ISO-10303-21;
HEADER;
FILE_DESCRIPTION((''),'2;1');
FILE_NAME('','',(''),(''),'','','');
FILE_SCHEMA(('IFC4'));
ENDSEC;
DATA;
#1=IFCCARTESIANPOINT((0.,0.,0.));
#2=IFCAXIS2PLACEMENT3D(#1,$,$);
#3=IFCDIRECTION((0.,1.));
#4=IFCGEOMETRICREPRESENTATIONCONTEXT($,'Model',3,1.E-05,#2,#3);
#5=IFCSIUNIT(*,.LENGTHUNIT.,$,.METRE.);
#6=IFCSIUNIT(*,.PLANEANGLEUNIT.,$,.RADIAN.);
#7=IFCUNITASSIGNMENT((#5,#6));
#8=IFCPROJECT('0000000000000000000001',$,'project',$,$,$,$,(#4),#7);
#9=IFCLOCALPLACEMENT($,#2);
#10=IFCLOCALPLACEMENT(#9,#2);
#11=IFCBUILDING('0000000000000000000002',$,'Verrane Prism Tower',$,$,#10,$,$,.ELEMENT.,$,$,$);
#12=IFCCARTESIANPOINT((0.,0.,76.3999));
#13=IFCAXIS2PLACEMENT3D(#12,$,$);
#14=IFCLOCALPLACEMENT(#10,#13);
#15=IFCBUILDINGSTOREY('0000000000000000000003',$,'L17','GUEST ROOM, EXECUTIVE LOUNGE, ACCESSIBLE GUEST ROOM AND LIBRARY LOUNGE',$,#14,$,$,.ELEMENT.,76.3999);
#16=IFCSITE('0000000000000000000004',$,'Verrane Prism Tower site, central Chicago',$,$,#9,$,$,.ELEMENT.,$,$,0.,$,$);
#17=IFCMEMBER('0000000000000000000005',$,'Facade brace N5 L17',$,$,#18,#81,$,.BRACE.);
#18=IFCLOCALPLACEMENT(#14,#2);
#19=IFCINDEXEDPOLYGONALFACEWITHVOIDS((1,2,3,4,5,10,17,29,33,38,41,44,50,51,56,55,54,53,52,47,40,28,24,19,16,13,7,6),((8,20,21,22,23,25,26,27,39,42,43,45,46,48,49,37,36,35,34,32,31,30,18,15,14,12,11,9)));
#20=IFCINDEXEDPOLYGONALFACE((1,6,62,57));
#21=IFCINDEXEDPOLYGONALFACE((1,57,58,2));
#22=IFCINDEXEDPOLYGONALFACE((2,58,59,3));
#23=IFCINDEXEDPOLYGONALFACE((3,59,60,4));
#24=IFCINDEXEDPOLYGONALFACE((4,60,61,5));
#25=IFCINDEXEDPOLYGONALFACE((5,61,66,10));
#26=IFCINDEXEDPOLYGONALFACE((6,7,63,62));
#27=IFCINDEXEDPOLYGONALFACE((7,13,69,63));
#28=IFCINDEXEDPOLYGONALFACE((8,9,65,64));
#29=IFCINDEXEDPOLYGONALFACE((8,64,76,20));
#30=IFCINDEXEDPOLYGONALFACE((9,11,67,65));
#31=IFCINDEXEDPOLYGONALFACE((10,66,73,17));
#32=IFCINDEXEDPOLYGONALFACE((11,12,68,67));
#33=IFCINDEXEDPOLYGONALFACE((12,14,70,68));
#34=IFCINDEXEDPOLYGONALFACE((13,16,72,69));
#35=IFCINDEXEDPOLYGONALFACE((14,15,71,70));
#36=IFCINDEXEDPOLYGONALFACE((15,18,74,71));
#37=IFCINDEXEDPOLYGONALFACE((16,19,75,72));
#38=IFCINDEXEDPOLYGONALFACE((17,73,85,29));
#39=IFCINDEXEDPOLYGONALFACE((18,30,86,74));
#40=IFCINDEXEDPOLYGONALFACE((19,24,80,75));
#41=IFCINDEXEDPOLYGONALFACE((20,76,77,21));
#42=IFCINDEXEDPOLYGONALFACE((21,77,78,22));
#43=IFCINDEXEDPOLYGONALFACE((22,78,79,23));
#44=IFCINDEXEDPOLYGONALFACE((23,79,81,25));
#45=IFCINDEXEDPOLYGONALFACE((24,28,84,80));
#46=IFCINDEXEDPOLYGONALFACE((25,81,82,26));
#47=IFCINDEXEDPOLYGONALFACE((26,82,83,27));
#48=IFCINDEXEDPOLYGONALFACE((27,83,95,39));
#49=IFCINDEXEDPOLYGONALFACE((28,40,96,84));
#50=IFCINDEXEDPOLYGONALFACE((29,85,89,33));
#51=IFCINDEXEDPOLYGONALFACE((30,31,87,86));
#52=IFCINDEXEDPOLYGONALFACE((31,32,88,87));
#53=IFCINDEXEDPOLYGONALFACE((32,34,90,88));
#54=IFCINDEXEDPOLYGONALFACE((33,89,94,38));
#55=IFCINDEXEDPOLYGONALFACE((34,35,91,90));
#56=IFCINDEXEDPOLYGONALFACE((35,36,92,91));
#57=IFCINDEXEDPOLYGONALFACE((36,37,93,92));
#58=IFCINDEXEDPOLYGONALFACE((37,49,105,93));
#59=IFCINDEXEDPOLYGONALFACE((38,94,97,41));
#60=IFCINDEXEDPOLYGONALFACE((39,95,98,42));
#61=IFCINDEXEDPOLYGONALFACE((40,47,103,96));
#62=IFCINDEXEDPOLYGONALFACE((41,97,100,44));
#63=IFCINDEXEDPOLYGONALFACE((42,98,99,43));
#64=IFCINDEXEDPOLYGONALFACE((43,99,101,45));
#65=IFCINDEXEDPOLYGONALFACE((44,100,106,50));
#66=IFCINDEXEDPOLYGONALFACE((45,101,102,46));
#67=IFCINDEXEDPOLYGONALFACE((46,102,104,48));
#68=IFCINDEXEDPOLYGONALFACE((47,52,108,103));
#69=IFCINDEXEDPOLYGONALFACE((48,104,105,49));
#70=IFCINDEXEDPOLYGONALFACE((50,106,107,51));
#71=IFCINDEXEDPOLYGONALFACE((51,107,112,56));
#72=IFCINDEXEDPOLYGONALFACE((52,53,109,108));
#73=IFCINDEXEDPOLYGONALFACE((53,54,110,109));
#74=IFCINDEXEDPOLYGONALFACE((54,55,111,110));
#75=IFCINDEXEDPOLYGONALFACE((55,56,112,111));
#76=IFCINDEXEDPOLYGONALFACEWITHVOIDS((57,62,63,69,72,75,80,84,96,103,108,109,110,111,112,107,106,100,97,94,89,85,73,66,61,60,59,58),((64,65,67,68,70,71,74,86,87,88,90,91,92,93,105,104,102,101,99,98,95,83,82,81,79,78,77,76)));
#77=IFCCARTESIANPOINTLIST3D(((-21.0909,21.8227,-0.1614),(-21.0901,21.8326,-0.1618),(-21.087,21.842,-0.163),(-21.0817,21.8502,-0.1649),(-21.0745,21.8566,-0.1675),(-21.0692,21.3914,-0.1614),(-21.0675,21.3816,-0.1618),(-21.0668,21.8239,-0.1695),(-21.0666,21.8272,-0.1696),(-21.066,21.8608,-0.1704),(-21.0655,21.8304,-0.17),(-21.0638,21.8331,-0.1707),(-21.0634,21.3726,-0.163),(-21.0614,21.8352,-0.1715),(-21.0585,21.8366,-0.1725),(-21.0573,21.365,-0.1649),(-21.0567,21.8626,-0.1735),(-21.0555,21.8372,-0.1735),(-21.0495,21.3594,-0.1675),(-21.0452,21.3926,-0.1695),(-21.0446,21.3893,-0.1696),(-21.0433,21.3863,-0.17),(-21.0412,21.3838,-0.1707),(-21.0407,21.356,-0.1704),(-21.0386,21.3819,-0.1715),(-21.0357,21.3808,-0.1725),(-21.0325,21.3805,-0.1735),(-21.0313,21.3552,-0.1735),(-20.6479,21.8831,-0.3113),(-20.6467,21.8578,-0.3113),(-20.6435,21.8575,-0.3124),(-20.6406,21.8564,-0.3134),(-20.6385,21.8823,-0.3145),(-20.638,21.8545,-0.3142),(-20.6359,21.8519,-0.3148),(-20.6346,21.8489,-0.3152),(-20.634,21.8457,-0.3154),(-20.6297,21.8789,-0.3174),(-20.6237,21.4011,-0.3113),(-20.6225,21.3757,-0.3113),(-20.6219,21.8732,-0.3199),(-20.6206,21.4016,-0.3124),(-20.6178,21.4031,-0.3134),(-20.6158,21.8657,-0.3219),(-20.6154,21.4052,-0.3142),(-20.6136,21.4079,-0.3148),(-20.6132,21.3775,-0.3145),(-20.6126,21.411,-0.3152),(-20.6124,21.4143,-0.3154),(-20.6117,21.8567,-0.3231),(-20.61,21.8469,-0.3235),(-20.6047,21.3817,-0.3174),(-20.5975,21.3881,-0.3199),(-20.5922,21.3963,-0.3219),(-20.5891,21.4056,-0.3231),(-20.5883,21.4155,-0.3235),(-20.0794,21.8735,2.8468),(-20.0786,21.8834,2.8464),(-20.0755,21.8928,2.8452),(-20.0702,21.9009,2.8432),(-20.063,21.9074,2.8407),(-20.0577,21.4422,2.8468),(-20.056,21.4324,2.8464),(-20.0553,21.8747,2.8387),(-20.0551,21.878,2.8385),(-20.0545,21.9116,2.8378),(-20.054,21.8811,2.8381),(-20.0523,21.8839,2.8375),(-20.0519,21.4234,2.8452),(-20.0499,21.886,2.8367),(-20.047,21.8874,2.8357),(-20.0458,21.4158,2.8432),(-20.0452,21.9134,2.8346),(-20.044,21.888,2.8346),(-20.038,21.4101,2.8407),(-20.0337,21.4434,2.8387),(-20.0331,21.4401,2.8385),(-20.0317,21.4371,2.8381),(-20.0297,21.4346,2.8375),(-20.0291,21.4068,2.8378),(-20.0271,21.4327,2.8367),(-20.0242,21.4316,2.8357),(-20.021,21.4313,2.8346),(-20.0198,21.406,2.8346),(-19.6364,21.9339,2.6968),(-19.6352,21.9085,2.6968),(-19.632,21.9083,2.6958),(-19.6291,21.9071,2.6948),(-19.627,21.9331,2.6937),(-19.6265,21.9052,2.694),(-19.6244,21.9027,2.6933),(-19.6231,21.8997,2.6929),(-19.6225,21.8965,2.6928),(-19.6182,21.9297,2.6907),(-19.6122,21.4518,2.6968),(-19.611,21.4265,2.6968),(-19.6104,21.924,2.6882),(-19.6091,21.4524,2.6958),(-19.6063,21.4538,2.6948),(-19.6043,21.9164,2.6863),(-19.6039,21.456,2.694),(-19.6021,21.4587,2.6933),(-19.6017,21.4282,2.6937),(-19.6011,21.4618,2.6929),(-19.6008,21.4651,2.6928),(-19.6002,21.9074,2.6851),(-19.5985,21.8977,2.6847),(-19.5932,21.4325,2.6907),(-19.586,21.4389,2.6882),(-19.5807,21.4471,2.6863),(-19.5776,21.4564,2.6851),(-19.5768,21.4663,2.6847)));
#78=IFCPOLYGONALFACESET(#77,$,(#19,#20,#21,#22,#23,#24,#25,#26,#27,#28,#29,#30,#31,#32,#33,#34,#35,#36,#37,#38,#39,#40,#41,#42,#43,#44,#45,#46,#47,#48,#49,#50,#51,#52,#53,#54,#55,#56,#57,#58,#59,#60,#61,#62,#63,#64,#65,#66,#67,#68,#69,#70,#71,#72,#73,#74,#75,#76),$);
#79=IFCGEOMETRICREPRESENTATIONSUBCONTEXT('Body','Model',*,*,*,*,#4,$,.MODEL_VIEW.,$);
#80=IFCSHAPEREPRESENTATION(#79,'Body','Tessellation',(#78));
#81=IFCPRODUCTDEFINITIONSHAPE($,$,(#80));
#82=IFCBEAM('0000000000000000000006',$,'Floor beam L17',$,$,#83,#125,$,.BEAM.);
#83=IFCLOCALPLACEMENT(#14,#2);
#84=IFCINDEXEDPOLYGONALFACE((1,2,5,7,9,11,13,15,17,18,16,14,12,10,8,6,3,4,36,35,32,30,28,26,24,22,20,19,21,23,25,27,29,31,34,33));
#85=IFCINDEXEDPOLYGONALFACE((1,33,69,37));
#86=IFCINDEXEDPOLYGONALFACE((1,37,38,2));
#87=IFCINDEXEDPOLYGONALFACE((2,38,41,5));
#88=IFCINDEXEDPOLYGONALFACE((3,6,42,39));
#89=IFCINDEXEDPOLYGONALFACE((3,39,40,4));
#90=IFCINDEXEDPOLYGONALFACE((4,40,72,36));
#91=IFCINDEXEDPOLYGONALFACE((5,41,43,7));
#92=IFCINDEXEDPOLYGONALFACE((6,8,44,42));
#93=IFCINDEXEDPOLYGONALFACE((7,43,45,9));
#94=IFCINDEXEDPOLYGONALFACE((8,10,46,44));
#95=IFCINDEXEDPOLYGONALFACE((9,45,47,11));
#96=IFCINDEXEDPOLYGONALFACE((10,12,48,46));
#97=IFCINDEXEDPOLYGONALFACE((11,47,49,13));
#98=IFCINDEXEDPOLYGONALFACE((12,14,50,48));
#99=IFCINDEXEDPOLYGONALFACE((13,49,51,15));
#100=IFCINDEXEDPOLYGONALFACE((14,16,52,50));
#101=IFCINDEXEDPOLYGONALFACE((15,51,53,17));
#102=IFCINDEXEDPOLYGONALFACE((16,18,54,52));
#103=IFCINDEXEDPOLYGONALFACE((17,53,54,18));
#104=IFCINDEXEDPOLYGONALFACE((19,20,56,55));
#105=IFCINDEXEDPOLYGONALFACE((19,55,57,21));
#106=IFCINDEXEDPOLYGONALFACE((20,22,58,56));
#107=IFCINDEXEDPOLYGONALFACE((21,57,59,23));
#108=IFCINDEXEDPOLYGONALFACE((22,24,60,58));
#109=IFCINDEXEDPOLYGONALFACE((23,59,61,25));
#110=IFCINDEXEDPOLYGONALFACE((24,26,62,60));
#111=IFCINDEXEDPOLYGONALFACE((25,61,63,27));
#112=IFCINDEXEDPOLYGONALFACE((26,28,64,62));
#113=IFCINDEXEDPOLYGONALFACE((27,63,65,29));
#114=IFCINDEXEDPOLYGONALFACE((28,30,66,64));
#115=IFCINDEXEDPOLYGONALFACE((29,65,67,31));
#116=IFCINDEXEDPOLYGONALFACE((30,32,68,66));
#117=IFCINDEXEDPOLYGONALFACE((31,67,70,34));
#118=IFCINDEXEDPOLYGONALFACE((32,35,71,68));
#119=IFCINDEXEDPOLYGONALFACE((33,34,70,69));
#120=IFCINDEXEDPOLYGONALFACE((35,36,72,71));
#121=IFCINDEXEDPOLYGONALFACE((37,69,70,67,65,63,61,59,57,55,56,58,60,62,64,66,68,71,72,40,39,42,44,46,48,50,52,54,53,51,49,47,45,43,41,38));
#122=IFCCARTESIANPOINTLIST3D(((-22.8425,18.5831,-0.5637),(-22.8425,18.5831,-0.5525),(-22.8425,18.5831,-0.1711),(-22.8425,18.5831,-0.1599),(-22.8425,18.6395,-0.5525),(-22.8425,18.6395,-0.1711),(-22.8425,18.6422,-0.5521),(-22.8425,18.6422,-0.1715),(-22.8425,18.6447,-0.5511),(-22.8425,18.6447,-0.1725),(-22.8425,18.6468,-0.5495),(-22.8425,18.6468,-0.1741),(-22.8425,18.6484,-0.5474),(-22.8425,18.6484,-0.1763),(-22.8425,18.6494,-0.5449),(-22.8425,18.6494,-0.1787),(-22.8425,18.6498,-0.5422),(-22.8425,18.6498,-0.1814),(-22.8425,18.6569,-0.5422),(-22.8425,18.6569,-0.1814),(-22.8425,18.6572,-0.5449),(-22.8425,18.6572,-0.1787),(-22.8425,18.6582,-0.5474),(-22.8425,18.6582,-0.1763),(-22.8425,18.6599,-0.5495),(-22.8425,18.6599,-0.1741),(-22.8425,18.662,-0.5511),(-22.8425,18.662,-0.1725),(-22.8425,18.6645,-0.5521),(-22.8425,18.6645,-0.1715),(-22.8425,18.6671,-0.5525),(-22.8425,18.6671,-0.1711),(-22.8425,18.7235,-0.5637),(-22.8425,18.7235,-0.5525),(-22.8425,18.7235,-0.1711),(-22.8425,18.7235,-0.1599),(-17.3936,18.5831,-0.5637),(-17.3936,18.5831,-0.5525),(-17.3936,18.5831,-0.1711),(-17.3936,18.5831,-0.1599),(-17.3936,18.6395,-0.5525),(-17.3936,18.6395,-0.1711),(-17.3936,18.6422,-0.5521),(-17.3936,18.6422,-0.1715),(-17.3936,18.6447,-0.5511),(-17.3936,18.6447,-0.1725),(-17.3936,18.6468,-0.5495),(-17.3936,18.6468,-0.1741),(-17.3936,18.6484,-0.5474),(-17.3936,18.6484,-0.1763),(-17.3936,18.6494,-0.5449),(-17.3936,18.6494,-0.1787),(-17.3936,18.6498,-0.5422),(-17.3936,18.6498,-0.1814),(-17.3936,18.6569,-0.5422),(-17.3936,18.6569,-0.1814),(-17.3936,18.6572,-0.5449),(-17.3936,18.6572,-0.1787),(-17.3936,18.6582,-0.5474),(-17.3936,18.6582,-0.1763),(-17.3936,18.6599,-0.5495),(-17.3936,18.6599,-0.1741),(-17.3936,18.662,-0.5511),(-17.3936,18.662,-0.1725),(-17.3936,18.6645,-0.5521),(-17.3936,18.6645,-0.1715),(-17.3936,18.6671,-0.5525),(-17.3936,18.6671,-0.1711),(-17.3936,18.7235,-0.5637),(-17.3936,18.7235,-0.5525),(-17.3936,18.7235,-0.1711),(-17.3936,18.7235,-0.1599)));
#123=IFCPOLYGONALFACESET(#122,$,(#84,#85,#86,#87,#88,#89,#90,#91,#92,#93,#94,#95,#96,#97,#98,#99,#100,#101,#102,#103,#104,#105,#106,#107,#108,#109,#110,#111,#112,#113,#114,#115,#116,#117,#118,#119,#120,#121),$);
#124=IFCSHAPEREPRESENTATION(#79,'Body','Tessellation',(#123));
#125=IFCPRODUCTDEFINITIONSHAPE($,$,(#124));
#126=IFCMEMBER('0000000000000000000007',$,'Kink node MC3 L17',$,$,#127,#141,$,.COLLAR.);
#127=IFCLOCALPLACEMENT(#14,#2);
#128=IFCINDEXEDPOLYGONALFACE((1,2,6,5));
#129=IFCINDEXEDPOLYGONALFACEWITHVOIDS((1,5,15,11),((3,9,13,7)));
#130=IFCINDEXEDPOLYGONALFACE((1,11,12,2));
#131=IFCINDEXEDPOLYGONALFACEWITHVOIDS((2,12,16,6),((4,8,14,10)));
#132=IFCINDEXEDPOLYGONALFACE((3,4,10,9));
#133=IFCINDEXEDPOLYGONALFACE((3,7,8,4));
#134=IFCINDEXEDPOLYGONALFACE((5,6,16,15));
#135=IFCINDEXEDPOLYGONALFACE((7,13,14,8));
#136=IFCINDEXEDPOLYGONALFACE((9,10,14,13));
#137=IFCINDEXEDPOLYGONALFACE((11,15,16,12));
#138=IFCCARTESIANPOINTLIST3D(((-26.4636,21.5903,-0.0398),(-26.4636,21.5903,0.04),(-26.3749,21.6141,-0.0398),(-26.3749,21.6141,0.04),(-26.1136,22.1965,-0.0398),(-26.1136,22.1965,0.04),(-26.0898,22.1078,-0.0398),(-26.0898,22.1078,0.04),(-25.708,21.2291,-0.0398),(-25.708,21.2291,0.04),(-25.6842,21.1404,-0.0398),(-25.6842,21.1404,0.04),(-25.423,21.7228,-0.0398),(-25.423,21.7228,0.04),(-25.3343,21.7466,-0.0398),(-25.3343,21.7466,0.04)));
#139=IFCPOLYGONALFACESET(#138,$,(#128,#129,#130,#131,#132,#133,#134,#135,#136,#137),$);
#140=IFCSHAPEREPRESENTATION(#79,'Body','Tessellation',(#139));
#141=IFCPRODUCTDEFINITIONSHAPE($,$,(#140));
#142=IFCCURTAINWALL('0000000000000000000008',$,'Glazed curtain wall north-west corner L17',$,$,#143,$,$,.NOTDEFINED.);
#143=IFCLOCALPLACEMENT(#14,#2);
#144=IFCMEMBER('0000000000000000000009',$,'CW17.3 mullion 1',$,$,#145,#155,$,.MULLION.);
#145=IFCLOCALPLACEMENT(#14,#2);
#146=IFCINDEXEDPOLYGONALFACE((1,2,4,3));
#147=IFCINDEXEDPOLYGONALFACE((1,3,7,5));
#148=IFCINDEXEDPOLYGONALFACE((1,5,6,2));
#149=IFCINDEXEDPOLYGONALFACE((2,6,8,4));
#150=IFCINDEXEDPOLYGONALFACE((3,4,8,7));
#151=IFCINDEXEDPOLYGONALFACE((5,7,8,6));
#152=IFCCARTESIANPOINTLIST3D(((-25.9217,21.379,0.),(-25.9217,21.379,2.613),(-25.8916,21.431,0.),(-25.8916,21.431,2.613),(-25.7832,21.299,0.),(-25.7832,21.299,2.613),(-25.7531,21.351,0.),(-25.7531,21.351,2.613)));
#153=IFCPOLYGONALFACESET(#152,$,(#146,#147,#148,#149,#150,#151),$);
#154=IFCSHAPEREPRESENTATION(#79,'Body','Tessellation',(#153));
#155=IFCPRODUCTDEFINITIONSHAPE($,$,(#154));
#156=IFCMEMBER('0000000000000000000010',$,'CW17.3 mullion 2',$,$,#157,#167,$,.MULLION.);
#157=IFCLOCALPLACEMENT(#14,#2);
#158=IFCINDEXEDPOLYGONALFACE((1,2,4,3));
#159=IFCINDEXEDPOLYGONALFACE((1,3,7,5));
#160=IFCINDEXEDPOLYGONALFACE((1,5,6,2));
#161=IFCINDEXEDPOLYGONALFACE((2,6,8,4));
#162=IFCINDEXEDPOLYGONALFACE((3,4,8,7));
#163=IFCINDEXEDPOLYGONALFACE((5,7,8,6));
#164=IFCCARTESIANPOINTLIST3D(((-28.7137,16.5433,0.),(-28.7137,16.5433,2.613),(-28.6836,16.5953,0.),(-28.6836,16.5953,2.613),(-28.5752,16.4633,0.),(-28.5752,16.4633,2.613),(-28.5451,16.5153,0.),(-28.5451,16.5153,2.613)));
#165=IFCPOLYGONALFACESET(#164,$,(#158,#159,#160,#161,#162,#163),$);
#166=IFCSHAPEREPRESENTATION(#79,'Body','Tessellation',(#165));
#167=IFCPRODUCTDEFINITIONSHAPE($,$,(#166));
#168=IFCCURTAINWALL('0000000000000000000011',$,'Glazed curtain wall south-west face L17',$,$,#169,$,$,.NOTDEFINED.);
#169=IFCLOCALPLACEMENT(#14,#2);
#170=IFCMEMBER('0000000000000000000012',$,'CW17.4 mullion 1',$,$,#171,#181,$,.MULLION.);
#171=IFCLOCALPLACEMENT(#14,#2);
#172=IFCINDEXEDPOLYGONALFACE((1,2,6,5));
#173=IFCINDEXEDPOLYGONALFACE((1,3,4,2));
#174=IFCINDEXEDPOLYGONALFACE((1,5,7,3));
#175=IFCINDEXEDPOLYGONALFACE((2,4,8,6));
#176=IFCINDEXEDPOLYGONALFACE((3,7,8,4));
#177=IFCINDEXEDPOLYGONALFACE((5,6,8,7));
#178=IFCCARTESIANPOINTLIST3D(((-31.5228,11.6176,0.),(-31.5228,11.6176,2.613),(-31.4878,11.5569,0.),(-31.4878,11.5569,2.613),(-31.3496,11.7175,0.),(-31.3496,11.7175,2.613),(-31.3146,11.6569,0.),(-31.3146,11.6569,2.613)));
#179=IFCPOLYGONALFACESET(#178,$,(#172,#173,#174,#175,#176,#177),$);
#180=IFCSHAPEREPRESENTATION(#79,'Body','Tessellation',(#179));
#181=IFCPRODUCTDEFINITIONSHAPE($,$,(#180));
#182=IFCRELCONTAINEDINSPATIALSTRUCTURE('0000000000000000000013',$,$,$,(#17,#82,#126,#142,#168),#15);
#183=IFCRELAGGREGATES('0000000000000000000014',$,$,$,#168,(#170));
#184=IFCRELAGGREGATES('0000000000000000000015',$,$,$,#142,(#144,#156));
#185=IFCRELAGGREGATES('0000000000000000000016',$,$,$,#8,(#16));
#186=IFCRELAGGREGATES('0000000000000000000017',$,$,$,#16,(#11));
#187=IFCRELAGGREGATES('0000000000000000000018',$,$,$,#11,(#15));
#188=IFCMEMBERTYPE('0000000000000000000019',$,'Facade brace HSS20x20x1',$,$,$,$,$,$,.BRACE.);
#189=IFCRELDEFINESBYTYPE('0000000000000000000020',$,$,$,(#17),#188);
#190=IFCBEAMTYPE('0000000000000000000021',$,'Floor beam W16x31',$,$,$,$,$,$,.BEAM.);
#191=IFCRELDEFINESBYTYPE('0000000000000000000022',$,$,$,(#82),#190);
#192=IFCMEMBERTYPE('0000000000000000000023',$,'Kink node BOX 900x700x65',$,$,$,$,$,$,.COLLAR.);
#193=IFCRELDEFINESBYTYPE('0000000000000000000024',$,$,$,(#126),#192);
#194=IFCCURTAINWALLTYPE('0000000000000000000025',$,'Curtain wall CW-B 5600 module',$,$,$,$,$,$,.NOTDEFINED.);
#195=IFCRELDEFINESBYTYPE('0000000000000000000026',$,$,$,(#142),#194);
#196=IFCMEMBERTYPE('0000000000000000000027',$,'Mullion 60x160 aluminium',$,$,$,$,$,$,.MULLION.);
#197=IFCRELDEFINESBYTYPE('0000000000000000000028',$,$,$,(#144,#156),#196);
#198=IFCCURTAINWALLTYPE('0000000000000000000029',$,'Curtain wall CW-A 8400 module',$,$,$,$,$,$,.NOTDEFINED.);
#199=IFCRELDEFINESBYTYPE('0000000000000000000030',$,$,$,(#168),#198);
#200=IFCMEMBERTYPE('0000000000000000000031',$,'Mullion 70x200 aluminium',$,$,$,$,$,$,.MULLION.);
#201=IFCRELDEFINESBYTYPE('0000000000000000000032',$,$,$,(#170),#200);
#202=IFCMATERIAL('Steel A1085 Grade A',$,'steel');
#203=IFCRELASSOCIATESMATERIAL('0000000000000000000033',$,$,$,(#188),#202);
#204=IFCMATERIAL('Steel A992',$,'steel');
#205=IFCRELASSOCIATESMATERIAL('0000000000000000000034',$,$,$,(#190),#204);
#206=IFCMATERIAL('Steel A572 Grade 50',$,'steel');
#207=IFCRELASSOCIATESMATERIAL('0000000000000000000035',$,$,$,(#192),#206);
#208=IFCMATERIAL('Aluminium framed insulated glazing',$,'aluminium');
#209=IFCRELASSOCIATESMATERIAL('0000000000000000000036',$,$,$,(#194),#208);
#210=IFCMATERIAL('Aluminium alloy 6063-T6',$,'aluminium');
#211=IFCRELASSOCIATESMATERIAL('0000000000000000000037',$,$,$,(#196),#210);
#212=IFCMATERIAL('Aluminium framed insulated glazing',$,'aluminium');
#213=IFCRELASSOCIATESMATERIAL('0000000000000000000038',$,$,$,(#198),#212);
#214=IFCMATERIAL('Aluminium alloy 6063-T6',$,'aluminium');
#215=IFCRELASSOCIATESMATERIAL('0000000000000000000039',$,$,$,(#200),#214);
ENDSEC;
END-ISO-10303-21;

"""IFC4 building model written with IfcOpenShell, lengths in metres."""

from ifc_helpers import new_model, si_unit, direction, frame, origin, origin_2d, place, context, subcontext, project, spatial, rectangle, hollow_rectangle, i_section, extrude, material, material_profile, profile_set, type_object, element, aggregate, save


model = new_model("IFC4")

# Units and contexts
model_context = context("Model", 3, precision=1e-05, world=origin(), true_north=direction((0.0, 1.0)))
body_context = subcontext(model_context, "Body", "Model", "MODEL_VIEW")
ifc_project = project(units=[si_unit("LENGTHUNIT", "METRE"), si_unit("PLANEANGLEUNIT", "RADIAN")], contexts=[model_context])

# Site, building, storey
site_placement = place(None, origin())
site = spatial("IfcSite", under=ifc_project, at=site_placement, Name="Verrane Prism Tower site, central Chicago", CompositionType="ELEMENT", RefElevation=0.0)
building_placement = place(site_placement, origin())
building = spatial("IfcBuilding", under=site, at=building_placement, Name="Verrane Prism Tower", CompositionType="ELEMENT")
storey_placement = place(building_placement, frame((0.0, 0.0, 76.3999)))
storey = spatial("IfcBuildingStorey", under=building, at=storey_placement, Name="L17", Description="GUEST ROOM, EXECUTIVE LOUNGE, ACCESSIBLE GUEST ROOM AND LIBRARY LOUNGE", CompositionType="ELEMENT", Elevation=76.3999)

# Member
ifc_material_1 = material(Name="Steel A1085 Grade A", Category="steel")
ifc_material_profile_1 = material_profile(ifc_material_1, hollow_rectangle(XDim=0.5081, YDim=0.5081, WallThickness=0.0254, InnerFilletRadius=0.0127, OuterFilletRadius=0.0381, at=origin_2d()), Name="HSS20x20x1")
ifc_profile_set_1 = profile_set([ifc_material_profile_1], Name="Steel A1085 Grade A")
member_type_1 = type_object("IfcMemberType", Name="Facade brace HSS20x20x1", PredefinedType="BRACE", material=ifc_profile_set_1)
member_1_placement = place(storey_placement, frame((-20.8396, 21.6191, -0.2424), z_axis=(0.318678, 0.015999, 0.947728), x_axis=(-0.050142, 0.998742, 0.0)))
element("IfcMember", 1, at=member_1_placement, inside=storey, type_object=member_type_1, Name="Facade brace N5 L17", PredefinedType="BRACE", context=body_context, shape_type="SweptSolid", body=[
    extrude(hollow_rectangle(XDim=0.5081, YDim=0.5081, WallThickness=0.0254, InnerFilletRadius=0.0127, OuterFilletRadius=0.0381, at=origin_2d()), origin(), (0.0, 0.0, 1.0), 3.1741),
])

# Beam
ifc_material_2 = material(Name="Steel A992", Category="steel")
ifc_material_profile_2 = material_profile(ifc_material_2, i_section(OverallWidth=0.1404, OverallDepth=0.4038, WebThickness=0.0071, FlangeThickness=0.0112, FilletRadius=0.0103, at=origin_2d()), Name="W16x31")
ifc_profile_set_2 = profile_set([ifc_material_profile_2], Name="Steel A992")
beam_type_1 = type_object("IfcBeamType", Name="Floor beam W16x31", PredefinedType="BEAM", material=ifc_profile_set_2)
beam_1_placement = place(storey_placement, frame((-22.8425, 18.6533, -0.3618), z_axis=(1.0, 0.0, 0.0), x_axis=(0.0, 1.0, 0.0)))
element("IfcBeam", 2, at=beam_1_placement, inside=storey, type_object=beam_type_1, Name="Floor beam L17", PredefinedType="BEAM", context=body_context, shape_type="SweptSolid", body=[
    extrude(i_section(OverallWidth=0.1404, OverallDepth=0.4038, WebThickness=0.0071, FlangeThickness=0.0112, FilletRadius=0.0103, at=origin_2d()), origin(), (0.0, 0.0, 1.0), 5.449),
])

# Member
ifc_material_3 = material(Name="Steel A572 Grade 50", Category="steel")
ifc_material_profile_3 = material_profile(ifc_material_3, hollow_rectangle(XDim=0.7, YDim=0.8999, WallThickness=0.0649, at=origin_2d()), Name="BOX 900x700x65")
ifc_profile_set_3 = profile_set([ifc_material_profile_3], Name="Steel A572 Grade 50")
member_type_2 = type_object("IfcMemberType", Name="Kink node BOX 900x700x65", PredefinedType="COLLAR", material=ifc_profile_set_3)
member_2_placement = place(storey_placement, frame((-25.8989, 21.6685, -0.0398), z_axis=(0.0, 0.0, 1.0), x_axis=(0.5, 0.866025, 0.0)))
element("IfcMember", 3, at=member_2_placement, inside=storey, type_object=member_type_2, Name="Kink node MC3 L17", PredefinedType="COLLAR", context=body_context, shape_type="SweptSolid", body=[
    extrude(hollow_rectangle(XDim=0.7, YDim=0.8999, WallThickness=0.0649, at=origin_2d()), origin(), (0.0, 0.0, 1.0), 0.0798),
])

# Curtain wall, members
ifc_material_4 = material(Name="Aluminium framed insulated glazing", Category="aluminium")
curtain_wall_type_1 = type_object("IfcCurtainWallType", Name="Curtain wall CW-B 5600 module", PredefinedType="NOTDEFINED", material=ifc_material_4)
curtain_wall_1_placement = place(storey_placement, origin())
curtain_wall_1 = element("IfcCurtainWall", 4, at=curtain_wall_1_placement, inside=storey, type_object=curtain_wall_type_1, Name="Glazed curtain wall north-west corner L17", PredefinedType="NOTDEFINED")
ifc_material_5 = material(Name="Aluminium alloy 6063-T6", Category="aluminium")
ifc_material_profile_4 = material_profile(ifc_material_5, rectangle(XDim=0.1599, YDim=0.0601, at=origin_2d()), Name="Mullion 60x160 aluminium")
ifc_profile_set_4 = profile_set([ifc_material_profile_4], Name="Aluminium alloy 6063-T6")
member_type_3 = type_object("IfcMemberType", Name="Mullion 60x160 aluminium", PredefinedType="MULLION", material=ifc_profile_set_4)
member_3_placement = place(storey_placement, frame((-25.8374, 21.365, 0.0), z_axis=(0.0, 0.0, 1.0), x_axis=(0.866026, -0.499998, 0.0)))
member_3 = element("IfcMember", 5, at=member_3_placement, type_object=member_type_3, Name="CW17.3 mullion 1", PredefinedType="MULLION", context=body_context, shape_type="SweptSolid", body=[
    extrude(rectangle(XDim=0.1599, YDim=0.0601, at=origin_2d()), origin(), (0.0, 0.0, 1.0), 2.613),
])
member_4_placement = place(storey_placement, frame((-28.6294, 16.5293, 0.0), z_axis=(0.0, 0.0, 1.0), x_axis=(0.866026, -0.499998, 0.0)))
member_4 = element("IfcMember", 6, at=member_4_placement, type_object=member_type_3, Name="CW17.3 mullion 2", PredefinedType="MULLION", context=body_context, shape_type="SweptSolid", body=[
    extrude(rectangle(XDim=0.1599, YDim=0.0601, at=origin_2d()), origin(), (0.0, 0.0, 1.0), 2.613),
])

# Curtain wall, member
ifc_material_6 = material(Name="Aluminium framed insulated glazing", Category="aluminium")
curtain_wall_type_2 = type_object("IfcCurtainWallType", Name="Curtain wall CW-A 8400 module", PredefinedType="NOTDEFINED", material=ifc_material_6)
curtain_wall_2_placement = place(storey_placement, origin())
curtain_wall_2 = element("IfcCurtainWall", 7, at=curtain_wall_2_placement, inside=storey, type_object=curtain_wall_type_2, Name="Glazed curtain wall south-west face L17", PredefinedType="NOTDEFINED")
ifc_material_7 = material(Name="Aluminium alloy 6063-T6", Category="aluminium")
ifc_material_profile_5 = material_profile(ifc_material_7, rectangle(XDim=0.2, YDim=0.0701, at=origin_2d()), Name="Mullion 70x200 aluminium")
ifc_profile_set_5 = profile_set([ifc_material_profile_5], Name="Aluminium alloy 6063-T6")
member_type_4 = type_object("IfcMemberType", Name="Mullion 70x200 aluminium", PredefinedType="MULLION", material=ifc_profile_set_5)
member_5_placement = place(storey_placement, frame((-31.4187, 11.6372, 0.0), z_axis=(0.0, 0.0, 1.0), x_axis=(0.866026, 0.499999, 0.0)))
member_5 = element("IfcMember", 8, at=member_5_placement, type_object=member_type_4, Name="CW17.4 mullion 1", PredefinedType="MULLION", context=body_context, shape_type="SweptSolid", body=[
    extrude(rectangle(XDim=0.2, YDim=0.0701, at=origin_2d()), origin(), (0.0, 0.0, 1.0), 2.613),
])
aggregate(curtain_wall_2, [member_5])

aggregate(curtain_wall_1, [member_3, member_4])

save(model, "model.ifc")
